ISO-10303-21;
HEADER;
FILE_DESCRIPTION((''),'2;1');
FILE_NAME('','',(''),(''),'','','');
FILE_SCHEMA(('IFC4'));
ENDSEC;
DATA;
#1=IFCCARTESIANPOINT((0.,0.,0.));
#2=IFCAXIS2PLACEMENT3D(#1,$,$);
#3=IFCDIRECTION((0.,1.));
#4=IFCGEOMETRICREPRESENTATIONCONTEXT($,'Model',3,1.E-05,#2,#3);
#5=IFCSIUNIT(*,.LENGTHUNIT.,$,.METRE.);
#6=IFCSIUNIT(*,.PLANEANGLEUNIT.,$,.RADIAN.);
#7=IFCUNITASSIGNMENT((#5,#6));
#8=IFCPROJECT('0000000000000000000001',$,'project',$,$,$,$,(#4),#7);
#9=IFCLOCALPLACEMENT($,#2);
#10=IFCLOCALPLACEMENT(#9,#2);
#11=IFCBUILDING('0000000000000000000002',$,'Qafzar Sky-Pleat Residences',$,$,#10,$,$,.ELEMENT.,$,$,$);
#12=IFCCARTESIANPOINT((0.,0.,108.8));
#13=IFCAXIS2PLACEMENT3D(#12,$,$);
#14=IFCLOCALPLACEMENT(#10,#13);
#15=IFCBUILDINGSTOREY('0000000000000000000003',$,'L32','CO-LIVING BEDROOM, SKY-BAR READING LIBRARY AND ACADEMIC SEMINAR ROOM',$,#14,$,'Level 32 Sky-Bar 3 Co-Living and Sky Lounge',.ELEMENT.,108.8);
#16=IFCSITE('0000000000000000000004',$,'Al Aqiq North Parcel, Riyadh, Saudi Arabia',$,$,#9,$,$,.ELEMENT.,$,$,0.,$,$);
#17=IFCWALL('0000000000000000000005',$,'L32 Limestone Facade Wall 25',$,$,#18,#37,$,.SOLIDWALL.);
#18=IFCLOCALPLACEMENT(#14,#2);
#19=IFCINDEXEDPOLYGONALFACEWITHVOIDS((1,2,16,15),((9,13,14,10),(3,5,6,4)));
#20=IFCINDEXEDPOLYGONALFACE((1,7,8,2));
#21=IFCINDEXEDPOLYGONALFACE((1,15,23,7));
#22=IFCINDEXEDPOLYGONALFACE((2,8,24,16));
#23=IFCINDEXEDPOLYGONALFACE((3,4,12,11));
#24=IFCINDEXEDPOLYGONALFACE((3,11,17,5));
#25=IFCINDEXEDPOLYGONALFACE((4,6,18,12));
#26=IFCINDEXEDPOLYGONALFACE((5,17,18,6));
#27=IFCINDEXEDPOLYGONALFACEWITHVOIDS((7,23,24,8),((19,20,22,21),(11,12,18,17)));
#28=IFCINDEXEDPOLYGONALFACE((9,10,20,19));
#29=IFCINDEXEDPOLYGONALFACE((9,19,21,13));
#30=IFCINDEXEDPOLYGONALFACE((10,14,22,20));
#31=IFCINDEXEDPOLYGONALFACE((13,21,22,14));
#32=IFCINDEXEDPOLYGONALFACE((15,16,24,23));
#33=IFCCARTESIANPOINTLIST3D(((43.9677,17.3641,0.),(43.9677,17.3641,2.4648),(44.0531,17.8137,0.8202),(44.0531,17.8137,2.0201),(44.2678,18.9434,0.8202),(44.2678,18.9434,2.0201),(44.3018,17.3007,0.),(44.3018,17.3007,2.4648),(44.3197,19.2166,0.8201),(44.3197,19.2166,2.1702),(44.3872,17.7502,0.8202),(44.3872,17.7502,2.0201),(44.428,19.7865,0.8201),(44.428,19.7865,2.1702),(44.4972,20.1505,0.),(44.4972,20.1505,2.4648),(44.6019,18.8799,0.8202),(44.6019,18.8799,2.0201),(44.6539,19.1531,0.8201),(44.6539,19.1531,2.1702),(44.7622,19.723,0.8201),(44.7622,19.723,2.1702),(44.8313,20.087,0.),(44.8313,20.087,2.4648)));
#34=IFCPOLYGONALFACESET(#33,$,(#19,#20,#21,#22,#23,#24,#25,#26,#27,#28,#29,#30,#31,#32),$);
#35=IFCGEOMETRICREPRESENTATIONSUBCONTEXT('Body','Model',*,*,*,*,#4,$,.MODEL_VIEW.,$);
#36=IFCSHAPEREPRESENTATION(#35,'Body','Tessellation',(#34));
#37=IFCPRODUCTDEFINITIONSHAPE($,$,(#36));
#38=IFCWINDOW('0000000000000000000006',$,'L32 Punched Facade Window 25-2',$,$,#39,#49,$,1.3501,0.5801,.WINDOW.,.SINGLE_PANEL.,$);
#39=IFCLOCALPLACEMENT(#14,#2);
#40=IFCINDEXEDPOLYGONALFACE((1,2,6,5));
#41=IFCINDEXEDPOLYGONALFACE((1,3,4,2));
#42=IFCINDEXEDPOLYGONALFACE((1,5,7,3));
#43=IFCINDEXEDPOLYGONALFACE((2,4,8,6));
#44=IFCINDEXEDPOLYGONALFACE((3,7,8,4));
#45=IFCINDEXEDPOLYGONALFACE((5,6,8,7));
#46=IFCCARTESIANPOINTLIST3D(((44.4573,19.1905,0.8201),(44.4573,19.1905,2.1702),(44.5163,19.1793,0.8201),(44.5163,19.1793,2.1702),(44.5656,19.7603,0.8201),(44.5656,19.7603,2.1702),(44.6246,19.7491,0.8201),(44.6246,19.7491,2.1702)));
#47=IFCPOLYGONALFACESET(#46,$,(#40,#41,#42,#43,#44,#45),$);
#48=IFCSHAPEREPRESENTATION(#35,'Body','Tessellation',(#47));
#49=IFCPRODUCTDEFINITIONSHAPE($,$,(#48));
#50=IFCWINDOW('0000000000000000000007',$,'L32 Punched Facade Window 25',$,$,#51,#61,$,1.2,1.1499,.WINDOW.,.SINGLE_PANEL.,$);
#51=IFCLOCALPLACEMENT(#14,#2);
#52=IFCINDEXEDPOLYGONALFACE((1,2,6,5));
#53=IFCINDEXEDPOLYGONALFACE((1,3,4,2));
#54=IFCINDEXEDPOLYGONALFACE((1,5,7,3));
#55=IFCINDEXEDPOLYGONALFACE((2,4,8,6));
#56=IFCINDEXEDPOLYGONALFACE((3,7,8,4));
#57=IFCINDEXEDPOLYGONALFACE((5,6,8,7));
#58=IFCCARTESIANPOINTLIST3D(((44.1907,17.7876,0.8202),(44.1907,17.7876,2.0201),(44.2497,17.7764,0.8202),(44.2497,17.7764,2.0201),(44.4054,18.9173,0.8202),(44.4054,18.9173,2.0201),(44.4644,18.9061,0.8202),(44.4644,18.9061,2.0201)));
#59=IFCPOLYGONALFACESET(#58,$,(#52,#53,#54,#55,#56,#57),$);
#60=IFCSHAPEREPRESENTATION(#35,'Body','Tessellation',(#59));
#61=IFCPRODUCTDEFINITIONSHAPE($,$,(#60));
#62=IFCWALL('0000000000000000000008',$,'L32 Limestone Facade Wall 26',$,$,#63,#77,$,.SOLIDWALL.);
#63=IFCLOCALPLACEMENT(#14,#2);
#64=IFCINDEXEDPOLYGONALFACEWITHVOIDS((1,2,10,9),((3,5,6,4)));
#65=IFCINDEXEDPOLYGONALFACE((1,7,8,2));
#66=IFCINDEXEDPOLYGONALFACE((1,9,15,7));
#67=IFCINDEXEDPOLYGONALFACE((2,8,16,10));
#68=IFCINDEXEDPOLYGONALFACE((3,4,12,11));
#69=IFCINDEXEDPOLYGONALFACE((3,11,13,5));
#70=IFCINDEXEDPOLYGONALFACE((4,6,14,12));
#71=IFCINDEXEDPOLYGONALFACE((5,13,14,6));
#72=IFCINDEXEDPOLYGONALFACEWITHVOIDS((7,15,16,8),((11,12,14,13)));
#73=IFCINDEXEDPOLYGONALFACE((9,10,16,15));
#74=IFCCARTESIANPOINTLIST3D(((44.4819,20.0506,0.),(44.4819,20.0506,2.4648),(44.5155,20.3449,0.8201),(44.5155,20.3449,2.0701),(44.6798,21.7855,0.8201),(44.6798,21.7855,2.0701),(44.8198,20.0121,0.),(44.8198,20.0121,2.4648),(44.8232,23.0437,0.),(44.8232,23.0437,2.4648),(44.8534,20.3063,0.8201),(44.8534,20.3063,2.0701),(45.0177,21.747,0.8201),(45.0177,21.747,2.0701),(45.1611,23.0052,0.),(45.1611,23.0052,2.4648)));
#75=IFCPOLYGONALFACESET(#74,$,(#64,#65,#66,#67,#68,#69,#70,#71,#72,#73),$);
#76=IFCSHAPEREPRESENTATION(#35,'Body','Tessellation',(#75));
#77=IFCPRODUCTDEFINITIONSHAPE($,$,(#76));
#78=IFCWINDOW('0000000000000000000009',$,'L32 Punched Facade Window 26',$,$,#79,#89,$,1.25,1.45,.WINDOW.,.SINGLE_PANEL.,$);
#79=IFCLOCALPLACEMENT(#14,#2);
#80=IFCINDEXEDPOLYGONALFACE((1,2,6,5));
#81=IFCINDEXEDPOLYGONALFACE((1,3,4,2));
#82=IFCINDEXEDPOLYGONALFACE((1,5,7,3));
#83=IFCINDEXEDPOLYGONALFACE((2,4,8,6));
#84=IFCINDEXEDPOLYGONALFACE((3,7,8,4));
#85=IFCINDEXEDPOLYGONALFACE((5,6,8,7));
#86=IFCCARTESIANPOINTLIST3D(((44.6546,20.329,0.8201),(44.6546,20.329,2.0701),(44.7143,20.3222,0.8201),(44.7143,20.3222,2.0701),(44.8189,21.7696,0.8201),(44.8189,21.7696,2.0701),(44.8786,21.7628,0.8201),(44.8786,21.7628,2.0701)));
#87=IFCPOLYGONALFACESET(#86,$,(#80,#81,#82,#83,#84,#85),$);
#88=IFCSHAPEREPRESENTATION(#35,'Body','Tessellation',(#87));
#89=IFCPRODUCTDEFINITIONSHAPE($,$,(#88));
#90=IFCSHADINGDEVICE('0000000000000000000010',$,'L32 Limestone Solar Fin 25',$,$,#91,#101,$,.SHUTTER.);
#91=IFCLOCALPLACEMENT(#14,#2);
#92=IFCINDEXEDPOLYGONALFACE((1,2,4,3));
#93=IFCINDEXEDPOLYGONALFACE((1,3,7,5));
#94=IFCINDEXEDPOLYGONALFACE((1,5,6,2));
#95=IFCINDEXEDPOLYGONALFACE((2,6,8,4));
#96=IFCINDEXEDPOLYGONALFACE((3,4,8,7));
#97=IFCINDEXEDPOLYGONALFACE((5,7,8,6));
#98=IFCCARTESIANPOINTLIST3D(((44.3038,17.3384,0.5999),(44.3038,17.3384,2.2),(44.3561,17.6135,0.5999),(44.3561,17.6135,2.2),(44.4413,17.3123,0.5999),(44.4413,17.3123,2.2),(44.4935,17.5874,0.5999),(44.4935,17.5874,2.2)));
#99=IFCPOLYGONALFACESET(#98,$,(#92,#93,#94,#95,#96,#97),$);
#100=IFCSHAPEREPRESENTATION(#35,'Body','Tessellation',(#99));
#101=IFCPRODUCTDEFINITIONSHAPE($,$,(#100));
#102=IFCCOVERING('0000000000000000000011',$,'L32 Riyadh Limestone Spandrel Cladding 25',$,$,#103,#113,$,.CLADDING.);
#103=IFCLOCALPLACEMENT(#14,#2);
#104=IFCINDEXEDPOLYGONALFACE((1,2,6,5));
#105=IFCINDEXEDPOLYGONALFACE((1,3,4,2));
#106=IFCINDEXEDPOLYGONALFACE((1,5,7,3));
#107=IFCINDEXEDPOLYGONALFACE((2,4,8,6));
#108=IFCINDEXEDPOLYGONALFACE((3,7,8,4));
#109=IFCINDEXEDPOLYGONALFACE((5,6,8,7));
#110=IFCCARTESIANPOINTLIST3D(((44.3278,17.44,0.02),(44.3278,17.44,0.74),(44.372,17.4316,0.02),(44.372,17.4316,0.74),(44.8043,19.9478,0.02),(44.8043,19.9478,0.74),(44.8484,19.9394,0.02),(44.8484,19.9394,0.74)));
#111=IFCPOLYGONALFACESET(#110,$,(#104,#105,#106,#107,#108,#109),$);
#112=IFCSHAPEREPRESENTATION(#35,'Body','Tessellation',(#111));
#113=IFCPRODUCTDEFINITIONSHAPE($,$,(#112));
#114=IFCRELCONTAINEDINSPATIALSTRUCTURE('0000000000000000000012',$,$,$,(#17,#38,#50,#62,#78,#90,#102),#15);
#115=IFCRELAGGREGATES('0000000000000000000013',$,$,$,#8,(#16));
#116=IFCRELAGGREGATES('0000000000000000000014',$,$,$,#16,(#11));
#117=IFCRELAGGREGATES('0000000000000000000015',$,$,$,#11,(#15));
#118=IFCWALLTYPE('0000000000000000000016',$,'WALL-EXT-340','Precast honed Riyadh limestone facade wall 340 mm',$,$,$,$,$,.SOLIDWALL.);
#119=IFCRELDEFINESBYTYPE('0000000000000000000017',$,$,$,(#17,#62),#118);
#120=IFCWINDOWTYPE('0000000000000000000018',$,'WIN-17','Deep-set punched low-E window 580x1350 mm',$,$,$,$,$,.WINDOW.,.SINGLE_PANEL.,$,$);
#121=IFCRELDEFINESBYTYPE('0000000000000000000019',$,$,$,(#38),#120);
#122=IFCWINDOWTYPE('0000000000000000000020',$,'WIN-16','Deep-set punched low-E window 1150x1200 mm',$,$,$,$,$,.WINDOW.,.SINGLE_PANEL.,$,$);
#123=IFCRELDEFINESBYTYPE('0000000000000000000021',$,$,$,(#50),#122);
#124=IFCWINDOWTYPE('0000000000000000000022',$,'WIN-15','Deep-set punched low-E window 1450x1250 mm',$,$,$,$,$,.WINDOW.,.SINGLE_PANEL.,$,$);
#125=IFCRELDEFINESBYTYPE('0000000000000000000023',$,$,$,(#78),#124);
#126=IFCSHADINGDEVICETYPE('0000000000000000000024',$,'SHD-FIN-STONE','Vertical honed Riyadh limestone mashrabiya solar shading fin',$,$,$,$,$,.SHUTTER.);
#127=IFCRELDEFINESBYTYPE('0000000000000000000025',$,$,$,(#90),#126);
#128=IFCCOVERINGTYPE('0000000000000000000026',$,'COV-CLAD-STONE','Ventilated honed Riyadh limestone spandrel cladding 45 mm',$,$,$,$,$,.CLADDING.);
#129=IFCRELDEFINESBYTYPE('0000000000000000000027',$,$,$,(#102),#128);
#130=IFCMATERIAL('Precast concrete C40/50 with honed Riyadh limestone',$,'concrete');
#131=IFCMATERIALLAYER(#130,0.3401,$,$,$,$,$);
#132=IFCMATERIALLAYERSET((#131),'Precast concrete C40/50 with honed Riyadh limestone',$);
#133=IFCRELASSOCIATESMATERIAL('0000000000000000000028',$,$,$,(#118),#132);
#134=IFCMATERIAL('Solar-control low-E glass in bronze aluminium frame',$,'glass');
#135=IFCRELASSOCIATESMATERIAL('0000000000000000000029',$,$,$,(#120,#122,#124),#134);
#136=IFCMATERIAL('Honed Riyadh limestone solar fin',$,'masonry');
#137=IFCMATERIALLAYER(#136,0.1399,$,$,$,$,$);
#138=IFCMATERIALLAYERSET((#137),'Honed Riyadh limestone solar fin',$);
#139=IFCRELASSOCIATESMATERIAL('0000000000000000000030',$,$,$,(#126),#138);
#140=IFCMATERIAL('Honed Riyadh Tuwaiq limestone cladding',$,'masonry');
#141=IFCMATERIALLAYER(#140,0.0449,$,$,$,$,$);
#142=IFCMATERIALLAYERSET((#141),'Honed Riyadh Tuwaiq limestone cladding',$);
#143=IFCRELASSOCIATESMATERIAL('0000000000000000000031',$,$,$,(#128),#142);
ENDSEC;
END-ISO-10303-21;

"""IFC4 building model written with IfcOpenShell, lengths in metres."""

from ifc_helpers import new_model, si_unit, direction, frame, frame_2d, origin, origin_2d, place, context, subcontext, project, spatial, rectangle, extrude, source, transform, mapped, material, layer, layer_set, type_object, element, fill, save


model = new_model("IFC4")

# Units and contexts
model_context = context("Model", 3, precision=1e-05, world=origin(), true_north=direction((0.0, 1.0)))
body_context = subcontext(model_context, "Body", "Model", "MODEL_VIEW")
ifc_project = project(units=[si_unit("LENGTHUNIT", "METRE"), si_unit("PLANEANGLEUNIT", "RADIAN")], contexts=[model_context])

# Site, building, storey
site_placement = place(None, origin())
site = spatial("IfcSite", under=ifc_project, at=site_placement, Name="Al Aqiq North Parcel, Riyadh, Saudi Arabia", CompositionType="ELEMENT", RefElevation=0.0)
building_placement = place(site_placement, origin())
building = spatial("IfcBuilding", under=site, at=building_placement, Name="Qafzar Sky-Pleat Residences", CompositionType="ELEMENT")
storey_placement = place(building_placement, frame((0.0, 0.0, 108.8)))
storey = spatial("IfcBuildingStorey", under=building, at=storey_placement, Name="L32", Description="CO-LIVING BEDROOM, SKY-BAR READING LIBRARY AND ACADEMIC SEMINAR ROOM", LongName="Level 32 Sky-Bar 3 Co-Living and Sky Lounge", CompositionType="ELEMENT", Elevation=108.8)

# Shared definitions
ifc_material_1 = material(Name="Precast concrete C40/50 with honed Riyadh limestone", Category="concrete")
ifc_layer_1 = layer(ifc_material_1, 0.3401)
ifc_layer_set_1 = layer_set([ifc_layer_1], Name="Precast concrete C40/50 with honed Riyadh limestone")
wall_type = type_object("IfcWallType", Name="WALL-EXT-340", Description="Precast honed Riyadh limestone facade wall 340 mm", PredefinedType="SOLIDWALL", material=ifc_layer_set_1)
ifc_material_2 = material(Name="Solar-control low-E glass in bronze aluminium frame", Category="glass")

# Wall, openings, windows
wall_1_placement = place(storey_placement, frame((44.1348, 17.3325, 0.0), z_axis=(0.0, 0.0, 1.0), x_axis=(0.186705, 0.982416, 0.0)))
wall_1 = element("IfcWall", 1, at=wall_1_placement, inside=storey, type_object=wall_type, Name="L32 Limestone Facade Wall 25", PredefinedType="SOLIDWALL", context=body_context, shape_type="SweptSolid", body=[
    extrude(rectangle(XDim=2.8362, YDim=0.3401, at=frame_2d((1.418, 0.0))), origin(), (0.0, 0.0, 1.0), 2.4648),
])
opening_1_placement = place(wall_1_placement, frame((0.4575, 0.0, 0.8201)))
opening_1 = element("IfcOpeningElement", 2, at=opening_1_placement, cuts=wall_1, PredefinedType="OPENING", context=body_context, shape_type="SweptSolid", body=[
    extrude(rectangle(XDim=1.1499, YDim=1.2, at=frame_2d((0.575, 0.6001))), frame((0.0, 0.1802, 0.0), z_axis=(0.0, -1.0, 0.0), x_axis=(1.0, 0.0, 0.0)), (0.0, 0.0, 1.0), 0.3601),
])
opening_2_placement = place(wall_1_placement, frame((1.8855, 0.0, 0.8201)))
opening_2 = element("IfcOpeningElement", 3, at=opening_2_placement, cuts=wall_1, PredefinedType="OPENING", context=body_context, shape_type="SweptSolid", body=[
    extrude(rectangle(XDim=0.5801, YDim=1.3501, at=frame_2d((0.29, 0.675))), frame((0.0, 0.1802, 0.0), z_axis=(0.0, -1.0, 0.0), x_axis=(1.0, 0.0, 0.0)), (0.0, 0.0, 1.0), 0.3601),
])
window_type_1 = type_object("IfcWindowType", Name="WIN-17", Description="Deep-set punched low-E window 580x1350 mm", PartitioningType="SINGLE_PANEL", PredefinedType="WINDOW", material=ifc_material_2)
shared_shape_1 = source(origin(), body_context, "Body", "SweptSolid", [
    extrude(rectangle(XDim=0.5801, YDim=1.3501, at=frame_2d((0.29, 0.675))), frame((0.0, 0.03, 0.0), z_axis=(0.0, -1.0, 0.0), x_axis=(1.0, 0.0, 0.0)), (0.0, 0.0, 1.0), 0.0601),
])
window_1_placement = place(opening_2_placement, origin())
window_1 = element("IfcWindow", 4, at=window_1_placement, inside=storey, type_object=window_type_1, Name="L32 Punched Facade Window 25-2", OverallHeight=1.3501, OverallWidth=0.5801, PartitioningType="SINGLE_PANEL", PredefinedType="WINDOW", context=body_context, shape_type="MappedRepresentation", body=[
    mapped(shared_shape_1, transform((0.0, 0.0, 0.0), x_axis=(1.0, 0.0, 0.0), y_axis=(0.0, 1.0, 0.0), z_axis=(0.0, 0.0, 1.0), scale=1.0)),
])
fill(opening_2, window_1)
window_type_2 = type_object("IfcWindowType", Name="WIN-16", Description="Deep-set punched low-E window 1150x1200 mm", PartitioningType="SINGLE_PANEL", PredefinedType="WINDOW", material=ifc_material_2)
shared_shape_2 = source(origin(), body_context, "Body", "SweptSolid", [
    extrude(rectangle(XDim=1.1499, YDim=1.2, at=frame_2d((0.575, 0.6001))), frame((0.0, 0.03, 0.0), z_axis=(0.0, -1.0, 0.0), x_axis=(1.0, 0.0, 0.0)), (0.0, 0.0, 1.0), 0.0601),
])
window_2_placement = place(opening_1_placement, origin())
window_2 = element("IfcWindow", 5, at=window_2_placement, inside=storey, type_object=window_type_2, Name="L32 Punched Facade Window 25", OverallHeight=1.2, OverallWidth=1.1499, PartitioningType="SINGLE_PANEL", PredefinedType="WINDOW", context=body_context, shape_type="MappedRepresentation", body=[
    mapped(shared_shape_2, transform((0.0, 0.0, 0.0), x_axis=(1.0, 0.0, 0.0), y_axis=(0.0, 1.0, 0.0), z_axis=(0.0, 0.0, 1.0), scale=1.0)),
])
fill(opening_1, window_2)

# Wall, opening, window
wall_2_placement = place(storey_placement, frame((44.6509, 20.0312, 0.0), z_axis=(0.0, 0.0, 1.0), x_axis=(0.113295, 0.993561, 0.0)))
wall_2 = element("IfcWall", 6, at=wall_2_placement, inside=storey, type_object=wall_type, Name="L32 Limestone Facade Wall 26", PredefinedType="SOLIDWALL", context=body_context, shape_type="SweptSolid", body=[
    extrude(rectangle(XDim=3.0125, YDim=0.3401, at=frame_2d((1.5063, 0.0))), origin(), (0.0, 0.0, 1.0), 2.4648),
])
opening_3_placement = place(wall_2_placement, frame((0.2961, 0.0, 0.8201)))
opening_3 = element("IfcOpeningElement", 7, at=opening_3_placement, cuts=wall_2, PredefinedType="OPENING", context=body_context, shape_type="SweptSolid", body=[
    extrude(rectangle(XDim=1.45, YDim=1.25, at=frame_2d((0.7251, 0.625))), frame((0.0, 0.1802, 0.0), z_axis=(0.0, -1.0, 0.0), x_axis=(1.0, 0.0, 0.0)), (0.0, 0.0, 1.0), 0.3601),
])
window_type_3 = type_object("IfcWindowType", Name="WIN-15", Description="Deep-set punched low-E window 1450x1250 mm", PartitioningType="SINGLE_PANEL", PredefinedType="WINDOW", material=ifc_material_2)
shared_shape_3 = source(origin(), body_context, "Body", "SweptSolid", [
    extrude(rectangle(XDim=1.45, YDim=1.25, at=frame_2d((0.7251, 0.625))), frame((0.0, 0.03, 0.0), z_axis=(0.0, -1.0, 0.0), x_axis=(1.0, 0.0, 0.0)), (0.0, 0.0, 1.0), 0.0601),
])
window_3_placement = place(opening_3_placement, origin())
window_3 = element("IfcWindow", 8, at=window_3_placement, inside=storey, type_object=window_type_3, Name="L32 Punched Facade Window 26", OverallHeight=1.25, OverallWidth=1.45, PartitioningType="SINGLE_PANEL", PredefinedType="WINDOW", context=body_context, shape_type="MappedRepresentation", body=[
    mapped(shared_shape_3, transform((0.0, 0.0, 0.0), x_axis=(1.0, 0.0, 0.0), y_axis=(0.0, 1.0, 0.0), z_axis=(0.0, 0.0, 1.0), scale=1.0)),
])
fill(opening_3, window_3)

# Shading device
ifc_material_3 = material(Name="Honed Riyadh limestone solar fin", Category="masonry")
ifc_layer_2 = layer(ifc_material_3, 0.1399)
ifc_layer_set_2 = layer_set([ifc_layer_2], Name="Honed Riyadh limestone solar fin")
shading_device_type = type_object("IfcShadingDeviceType", Name="SHD-FIN-STONE", Description="Vertical honed Riyadh limestone mashrabiya solar shading fin", PredefinedType="SHUTTER", material=ifc_layer_set_2)
shared_shape_4 = source(origin(), body_context, "Body", "SweptSolid", [
    extrude(rectangle(XDim=0.1399, YDim=0.28, at=origin_2d()), origin(), (0.0, 0.0, 1.0), 1.6001),
])
shading_device_placement = place(storey_placement, frame((44.3987, 17.4629, 0.5999), z_axis=(0.0, 0.0, 1.0), x_axis=(0.982429, -0.186639, 0.0)))
element("IfcShadingDevice", 9, at=shading_device_placement, inside=storey, type_object=shading_device_type, Name="L32 Limestone Solar Fin 25", PredefinedType="SHUTTER", context=body_context, shape_type="MappedRepresentation", body=[
    mapped(shared_shape_4, transform((0.0, 0.0, 0.0), x_axis=(1.0, 0.0, 0.0), y_axis=(0.0, 1.0, 0.0), z_axis=(0.0, 0.0, 1.0), scale=1.0)),
])

# Covering
ifc_material_4 = material(Name="Honed Riyadh Tuwaiq limestone cladding", Category="masonry")
ifc_layer_3 = layer(ifc_material_4, 0.0449)
ifc_layer_set_3 = layer_set([ifc_layer_3], Name="Honed Riyadh Tuwaiq limestone cladding")
covering_type = type_object("IfcCoveringType", Name="COV-CLAD-STONE", Description="Ventilated honed Riyadh limestone spandrel cladding 45 mm", PredefinedType="CLADDING", material=ifc_layer_set_3)
shared_shape_5 = source(origin(), body_context, "Body", "SweptSolid", [
    extrude(rectangle(XDim=2.5527, YDim=0.0449, at=origin_2d()), origin(), (0.0, 0.0, 1.0), 0.72),
])
covering_placement = place(storey_placement, frame((44.5881, 18.6897, 0.02), z_axis=(0.0, 0.0, 1.0), x_axis=(0.186649, 0.982427, 0.0)))
element("IfcCovering", 10, at=covering_placement, inside=storey, type_object=covering_type, Name="L32 Riyadh Limestone Spandrel Cladding 25", PredefinedType="CLADDING", context=body_context, shape_type="MappedRepresentation", body=[
    mapped(shared_shape_5, transform((0.0, 0.0, 0.0), x_axis=(1.0, 0.0, 0.0), y_axis=(0.0, 1.0, 0.0), z_axis=(0.0, 0.0, 1.0), scale=1.0)),
])

save(model, "model.ifc")
